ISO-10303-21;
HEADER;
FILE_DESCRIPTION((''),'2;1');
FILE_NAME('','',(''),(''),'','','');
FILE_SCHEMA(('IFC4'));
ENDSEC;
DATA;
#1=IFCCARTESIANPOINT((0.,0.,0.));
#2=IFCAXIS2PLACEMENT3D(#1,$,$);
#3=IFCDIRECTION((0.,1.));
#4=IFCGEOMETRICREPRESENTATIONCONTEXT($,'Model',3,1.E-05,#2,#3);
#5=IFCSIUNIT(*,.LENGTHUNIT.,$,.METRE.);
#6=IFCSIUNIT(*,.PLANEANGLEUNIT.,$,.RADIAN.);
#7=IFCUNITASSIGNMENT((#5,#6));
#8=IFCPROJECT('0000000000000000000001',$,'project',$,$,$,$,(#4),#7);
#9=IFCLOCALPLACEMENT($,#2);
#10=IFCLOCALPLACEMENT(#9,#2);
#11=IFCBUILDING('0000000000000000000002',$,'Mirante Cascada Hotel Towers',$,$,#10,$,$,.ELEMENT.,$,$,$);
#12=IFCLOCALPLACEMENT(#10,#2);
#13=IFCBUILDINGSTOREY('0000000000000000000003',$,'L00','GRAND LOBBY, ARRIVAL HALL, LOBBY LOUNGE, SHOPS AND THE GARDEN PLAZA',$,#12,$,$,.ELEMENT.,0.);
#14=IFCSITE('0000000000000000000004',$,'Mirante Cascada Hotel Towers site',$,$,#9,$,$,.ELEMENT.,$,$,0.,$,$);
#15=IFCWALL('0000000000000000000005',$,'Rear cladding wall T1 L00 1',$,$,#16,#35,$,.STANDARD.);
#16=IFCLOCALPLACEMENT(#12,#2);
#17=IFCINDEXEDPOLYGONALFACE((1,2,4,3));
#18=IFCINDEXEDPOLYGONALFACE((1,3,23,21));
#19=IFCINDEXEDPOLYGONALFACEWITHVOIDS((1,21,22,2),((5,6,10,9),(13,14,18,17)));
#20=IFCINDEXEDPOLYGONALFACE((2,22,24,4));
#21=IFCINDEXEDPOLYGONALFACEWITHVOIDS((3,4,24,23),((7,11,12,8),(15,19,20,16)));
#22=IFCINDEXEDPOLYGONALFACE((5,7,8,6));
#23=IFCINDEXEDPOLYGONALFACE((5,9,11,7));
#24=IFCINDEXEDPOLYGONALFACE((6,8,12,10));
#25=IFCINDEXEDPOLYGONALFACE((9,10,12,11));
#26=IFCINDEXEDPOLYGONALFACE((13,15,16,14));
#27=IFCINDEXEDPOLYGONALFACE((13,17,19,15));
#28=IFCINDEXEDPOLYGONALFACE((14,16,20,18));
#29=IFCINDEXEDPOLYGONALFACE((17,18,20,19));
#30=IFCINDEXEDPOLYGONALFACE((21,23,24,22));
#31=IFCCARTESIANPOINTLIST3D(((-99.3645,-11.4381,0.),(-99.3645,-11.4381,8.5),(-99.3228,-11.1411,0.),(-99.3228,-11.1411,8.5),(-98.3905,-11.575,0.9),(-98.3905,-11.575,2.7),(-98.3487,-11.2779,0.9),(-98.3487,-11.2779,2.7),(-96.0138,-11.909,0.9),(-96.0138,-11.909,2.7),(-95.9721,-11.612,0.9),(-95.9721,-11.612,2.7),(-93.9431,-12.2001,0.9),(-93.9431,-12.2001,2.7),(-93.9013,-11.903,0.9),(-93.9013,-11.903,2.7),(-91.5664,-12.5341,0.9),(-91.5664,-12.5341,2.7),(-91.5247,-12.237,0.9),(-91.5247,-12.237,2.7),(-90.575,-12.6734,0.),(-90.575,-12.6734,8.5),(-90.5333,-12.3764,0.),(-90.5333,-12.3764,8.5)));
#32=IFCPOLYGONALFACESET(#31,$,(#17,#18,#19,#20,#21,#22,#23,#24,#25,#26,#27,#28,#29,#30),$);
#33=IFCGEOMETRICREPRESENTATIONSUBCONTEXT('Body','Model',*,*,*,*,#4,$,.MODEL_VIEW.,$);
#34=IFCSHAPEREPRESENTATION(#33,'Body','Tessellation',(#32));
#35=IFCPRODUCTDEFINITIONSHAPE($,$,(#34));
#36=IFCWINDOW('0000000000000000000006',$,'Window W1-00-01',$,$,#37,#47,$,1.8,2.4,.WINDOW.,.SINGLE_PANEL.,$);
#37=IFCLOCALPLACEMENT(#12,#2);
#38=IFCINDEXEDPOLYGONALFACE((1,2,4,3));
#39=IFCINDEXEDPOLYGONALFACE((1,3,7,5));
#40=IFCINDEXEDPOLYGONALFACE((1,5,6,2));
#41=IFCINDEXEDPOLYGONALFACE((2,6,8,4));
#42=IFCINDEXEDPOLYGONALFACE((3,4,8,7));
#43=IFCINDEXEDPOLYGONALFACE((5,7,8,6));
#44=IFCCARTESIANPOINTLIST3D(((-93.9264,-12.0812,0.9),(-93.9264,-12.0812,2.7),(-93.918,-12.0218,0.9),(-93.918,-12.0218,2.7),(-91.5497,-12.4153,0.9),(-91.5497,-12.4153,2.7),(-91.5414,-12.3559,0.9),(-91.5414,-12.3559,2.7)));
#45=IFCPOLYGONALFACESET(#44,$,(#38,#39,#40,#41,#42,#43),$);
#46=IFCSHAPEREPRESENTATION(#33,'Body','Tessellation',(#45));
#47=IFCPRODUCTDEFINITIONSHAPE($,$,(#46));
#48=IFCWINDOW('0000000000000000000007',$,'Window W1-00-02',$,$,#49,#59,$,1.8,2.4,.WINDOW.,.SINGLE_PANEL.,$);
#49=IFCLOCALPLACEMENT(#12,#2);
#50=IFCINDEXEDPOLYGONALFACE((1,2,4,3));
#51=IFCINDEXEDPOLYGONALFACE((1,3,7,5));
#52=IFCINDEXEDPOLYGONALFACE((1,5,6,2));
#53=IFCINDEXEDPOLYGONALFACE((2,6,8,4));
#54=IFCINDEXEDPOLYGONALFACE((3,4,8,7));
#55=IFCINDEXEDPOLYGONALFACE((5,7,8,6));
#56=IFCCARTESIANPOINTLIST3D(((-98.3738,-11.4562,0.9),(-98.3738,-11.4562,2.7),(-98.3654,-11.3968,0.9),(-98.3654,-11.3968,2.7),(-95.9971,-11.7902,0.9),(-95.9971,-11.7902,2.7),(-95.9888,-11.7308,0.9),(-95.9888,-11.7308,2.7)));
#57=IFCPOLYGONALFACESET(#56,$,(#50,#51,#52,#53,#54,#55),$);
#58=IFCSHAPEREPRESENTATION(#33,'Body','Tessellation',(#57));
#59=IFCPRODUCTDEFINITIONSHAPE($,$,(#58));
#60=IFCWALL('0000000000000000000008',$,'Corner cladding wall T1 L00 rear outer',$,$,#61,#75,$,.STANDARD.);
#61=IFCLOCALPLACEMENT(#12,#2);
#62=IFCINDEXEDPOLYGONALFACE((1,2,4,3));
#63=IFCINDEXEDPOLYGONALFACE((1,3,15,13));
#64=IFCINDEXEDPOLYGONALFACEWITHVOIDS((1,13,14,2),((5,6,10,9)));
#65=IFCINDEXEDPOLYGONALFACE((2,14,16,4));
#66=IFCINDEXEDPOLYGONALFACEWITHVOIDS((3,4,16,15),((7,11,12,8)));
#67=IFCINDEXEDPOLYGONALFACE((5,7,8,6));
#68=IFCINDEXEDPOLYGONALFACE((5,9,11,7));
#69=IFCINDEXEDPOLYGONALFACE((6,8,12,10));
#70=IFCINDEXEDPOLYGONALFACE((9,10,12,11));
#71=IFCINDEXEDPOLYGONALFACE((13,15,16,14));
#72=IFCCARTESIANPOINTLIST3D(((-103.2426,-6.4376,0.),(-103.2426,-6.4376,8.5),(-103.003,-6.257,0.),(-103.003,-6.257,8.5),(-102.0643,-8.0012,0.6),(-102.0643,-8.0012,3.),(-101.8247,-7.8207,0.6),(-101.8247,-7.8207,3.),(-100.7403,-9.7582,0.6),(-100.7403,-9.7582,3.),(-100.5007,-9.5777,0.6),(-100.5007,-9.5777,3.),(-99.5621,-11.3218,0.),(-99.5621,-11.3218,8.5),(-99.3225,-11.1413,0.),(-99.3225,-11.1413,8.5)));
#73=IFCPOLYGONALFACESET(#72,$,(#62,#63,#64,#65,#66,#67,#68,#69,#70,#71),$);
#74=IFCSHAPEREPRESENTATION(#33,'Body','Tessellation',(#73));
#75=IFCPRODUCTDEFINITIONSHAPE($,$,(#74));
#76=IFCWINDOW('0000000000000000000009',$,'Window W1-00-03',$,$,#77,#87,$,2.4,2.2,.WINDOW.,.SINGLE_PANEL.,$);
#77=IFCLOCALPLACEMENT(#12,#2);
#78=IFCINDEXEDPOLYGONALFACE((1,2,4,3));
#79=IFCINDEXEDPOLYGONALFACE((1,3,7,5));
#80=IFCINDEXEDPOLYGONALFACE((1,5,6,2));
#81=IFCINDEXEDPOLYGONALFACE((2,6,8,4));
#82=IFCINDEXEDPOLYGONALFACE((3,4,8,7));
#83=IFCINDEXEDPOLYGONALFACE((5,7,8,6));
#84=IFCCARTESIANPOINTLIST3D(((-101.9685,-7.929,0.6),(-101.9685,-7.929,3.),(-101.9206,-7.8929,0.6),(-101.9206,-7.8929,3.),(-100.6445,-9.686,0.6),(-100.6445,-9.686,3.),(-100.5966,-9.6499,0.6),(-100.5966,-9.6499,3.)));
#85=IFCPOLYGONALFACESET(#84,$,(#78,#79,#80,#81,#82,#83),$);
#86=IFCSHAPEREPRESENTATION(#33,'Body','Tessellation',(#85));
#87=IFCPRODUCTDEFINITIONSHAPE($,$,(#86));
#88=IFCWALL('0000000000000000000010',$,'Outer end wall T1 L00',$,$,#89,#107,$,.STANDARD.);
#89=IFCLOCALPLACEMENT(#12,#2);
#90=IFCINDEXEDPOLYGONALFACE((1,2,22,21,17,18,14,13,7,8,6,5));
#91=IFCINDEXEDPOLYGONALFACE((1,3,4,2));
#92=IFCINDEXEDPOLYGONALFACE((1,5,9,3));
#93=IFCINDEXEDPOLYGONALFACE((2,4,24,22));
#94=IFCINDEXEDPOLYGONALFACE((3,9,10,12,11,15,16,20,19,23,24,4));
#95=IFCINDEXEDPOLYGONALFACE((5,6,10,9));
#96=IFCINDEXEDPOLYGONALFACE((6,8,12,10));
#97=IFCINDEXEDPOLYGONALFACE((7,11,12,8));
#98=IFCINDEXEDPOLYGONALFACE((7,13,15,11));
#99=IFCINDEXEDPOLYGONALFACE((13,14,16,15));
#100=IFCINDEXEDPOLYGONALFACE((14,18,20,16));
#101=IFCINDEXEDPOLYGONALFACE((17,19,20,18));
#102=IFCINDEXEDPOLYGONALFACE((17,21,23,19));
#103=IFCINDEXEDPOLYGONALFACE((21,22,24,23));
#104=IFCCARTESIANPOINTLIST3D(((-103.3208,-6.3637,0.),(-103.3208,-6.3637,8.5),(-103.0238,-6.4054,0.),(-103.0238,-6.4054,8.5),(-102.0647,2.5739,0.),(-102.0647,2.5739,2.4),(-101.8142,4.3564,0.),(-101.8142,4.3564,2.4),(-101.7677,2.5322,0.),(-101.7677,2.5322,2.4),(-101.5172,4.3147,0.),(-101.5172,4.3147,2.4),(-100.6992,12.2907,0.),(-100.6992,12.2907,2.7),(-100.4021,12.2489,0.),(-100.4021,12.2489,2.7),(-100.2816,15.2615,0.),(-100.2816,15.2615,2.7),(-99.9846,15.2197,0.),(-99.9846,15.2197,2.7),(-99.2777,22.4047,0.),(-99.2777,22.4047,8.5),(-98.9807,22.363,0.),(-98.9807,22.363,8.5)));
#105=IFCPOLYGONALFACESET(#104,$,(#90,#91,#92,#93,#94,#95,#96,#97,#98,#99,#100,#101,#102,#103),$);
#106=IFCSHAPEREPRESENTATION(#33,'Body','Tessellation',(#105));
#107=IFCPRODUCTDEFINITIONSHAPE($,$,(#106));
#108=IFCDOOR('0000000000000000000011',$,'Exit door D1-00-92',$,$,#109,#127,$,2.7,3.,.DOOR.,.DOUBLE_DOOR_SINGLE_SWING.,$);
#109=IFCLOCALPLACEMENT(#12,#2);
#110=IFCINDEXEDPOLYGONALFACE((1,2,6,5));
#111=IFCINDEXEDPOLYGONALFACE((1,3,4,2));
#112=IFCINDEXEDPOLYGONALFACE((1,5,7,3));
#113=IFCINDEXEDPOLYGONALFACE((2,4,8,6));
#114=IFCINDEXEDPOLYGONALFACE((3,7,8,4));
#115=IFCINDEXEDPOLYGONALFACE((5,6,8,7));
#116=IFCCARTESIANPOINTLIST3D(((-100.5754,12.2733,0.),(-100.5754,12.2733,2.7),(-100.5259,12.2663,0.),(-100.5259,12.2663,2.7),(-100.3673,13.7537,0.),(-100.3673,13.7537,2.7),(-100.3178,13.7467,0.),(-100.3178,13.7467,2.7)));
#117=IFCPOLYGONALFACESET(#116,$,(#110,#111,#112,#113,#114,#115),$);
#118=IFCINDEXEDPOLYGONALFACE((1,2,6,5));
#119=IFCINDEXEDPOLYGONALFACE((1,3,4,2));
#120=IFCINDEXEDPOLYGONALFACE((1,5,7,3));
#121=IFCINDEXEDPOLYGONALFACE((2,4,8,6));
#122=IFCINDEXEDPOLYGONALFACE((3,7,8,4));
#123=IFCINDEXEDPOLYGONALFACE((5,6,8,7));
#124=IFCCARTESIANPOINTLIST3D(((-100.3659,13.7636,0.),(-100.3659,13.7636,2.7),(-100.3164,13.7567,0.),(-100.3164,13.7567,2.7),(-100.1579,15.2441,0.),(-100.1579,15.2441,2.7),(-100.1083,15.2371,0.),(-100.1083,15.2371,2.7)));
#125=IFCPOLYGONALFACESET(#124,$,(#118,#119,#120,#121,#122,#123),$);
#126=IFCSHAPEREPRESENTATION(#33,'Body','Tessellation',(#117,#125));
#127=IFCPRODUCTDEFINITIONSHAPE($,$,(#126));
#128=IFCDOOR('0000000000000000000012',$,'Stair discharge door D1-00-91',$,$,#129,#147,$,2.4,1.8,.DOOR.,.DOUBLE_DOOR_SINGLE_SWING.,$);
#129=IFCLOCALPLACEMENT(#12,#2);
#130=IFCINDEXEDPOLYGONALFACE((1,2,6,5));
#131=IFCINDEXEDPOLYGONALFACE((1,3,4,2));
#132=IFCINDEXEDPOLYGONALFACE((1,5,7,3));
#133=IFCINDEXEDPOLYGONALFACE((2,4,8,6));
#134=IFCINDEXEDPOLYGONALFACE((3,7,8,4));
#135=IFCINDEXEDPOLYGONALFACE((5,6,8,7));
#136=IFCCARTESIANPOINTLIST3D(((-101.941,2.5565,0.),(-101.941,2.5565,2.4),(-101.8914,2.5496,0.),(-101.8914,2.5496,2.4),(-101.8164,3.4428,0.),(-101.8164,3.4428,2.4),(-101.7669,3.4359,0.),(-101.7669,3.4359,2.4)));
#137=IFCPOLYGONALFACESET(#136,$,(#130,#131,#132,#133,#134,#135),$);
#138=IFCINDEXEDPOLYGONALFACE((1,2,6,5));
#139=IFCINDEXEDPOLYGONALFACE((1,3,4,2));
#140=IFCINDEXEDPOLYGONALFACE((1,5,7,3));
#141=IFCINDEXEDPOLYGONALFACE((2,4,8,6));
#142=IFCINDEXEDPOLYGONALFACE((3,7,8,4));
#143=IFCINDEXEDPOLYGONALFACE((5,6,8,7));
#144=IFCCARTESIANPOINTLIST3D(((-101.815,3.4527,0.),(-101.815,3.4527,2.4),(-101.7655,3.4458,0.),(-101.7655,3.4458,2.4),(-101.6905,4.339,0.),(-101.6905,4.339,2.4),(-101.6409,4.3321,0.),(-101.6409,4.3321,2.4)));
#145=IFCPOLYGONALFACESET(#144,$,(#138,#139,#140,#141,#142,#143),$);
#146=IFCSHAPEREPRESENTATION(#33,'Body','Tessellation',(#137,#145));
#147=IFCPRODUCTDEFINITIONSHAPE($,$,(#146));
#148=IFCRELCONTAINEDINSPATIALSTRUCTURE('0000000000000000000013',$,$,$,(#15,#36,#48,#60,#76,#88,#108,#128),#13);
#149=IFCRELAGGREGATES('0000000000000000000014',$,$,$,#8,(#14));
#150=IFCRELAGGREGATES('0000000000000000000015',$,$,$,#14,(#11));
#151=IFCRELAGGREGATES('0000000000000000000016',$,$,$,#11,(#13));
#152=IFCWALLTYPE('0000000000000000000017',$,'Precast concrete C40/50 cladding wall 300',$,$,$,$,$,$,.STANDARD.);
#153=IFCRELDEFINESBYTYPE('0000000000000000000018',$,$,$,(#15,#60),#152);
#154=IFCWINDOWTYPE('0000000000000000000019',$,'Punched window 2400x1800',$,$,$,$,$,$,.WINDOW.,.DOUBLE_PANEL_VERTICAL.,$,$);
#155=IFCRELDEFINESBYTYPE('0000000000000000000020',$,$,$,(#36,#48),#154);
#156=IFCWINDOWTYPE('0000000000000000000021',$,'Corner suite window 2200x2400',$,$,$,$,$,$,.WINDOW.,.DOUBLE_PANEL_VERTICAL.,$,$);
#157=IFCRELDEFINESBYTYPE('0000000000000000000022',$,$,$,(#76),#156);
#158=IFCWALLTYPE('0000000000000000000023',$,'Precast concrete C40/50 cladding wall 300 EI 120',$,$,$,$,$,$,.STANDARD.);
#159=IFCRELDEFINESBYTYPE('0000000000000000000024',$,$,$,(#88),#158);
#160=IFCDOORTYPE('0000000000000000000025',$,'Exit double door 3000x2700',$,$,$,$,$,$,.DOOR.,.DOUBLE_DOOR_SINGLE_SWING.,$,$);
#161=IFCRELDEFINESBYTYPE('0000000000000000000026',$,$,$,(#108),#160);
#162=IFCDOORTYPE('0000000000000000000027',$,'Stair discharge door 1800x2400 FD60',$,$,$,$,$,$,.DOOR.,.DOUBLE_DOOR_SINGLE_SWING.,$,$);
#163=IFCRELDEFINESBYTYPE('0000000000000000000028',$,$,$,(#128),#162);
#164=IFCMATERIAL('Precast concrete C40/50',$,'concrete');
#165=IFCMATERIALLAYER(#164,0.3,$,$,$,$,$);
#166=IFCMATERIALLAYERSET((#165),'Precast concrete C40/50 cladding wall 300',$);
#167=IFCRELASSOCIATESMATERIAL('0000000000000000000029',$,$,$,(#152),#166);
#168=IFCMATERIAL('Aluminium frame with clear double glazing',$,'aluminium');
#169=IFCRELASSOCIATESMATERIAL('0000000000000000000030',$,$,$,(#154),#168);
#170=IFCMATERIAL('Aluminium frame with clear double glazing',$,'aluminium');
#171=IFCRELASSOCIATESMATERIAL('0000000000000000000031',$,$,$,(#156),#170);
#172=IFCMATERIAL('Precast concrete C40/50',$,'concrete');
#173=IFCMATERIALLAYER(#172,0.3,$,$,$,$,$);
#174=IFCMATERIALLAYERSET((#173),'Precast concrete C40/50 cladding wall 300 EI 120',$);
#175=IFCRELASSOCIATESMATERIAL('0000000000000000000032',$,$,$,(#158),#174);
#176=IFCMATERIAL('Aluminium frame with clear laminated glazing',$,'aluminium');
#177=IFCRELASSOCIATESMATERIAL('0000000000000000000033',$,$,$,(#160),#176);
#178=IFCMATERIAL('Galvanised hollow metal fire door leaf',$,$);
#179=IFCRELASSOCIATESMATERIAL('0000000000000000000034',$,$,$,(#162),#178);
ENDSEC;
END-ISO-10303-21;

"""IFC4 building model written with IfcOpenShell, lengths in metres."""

from ifc_helpers import new_model, si_unit, direction, frame, frame_2d, origin, place, context, subcontext, project, spatial, rectangle, extrude, material, layer, layer_set, type_object, element, fill, save


model = new_model("IFC4")

# Units and contexts
model_context = context("Model", 3, precision=1e-05, world=origin(), true_north=direction((0.0, 1.0)))
body_context = subcontext(model_context, "Body", "Model", "MODEL_VIEW")
ifc_project = project(units=[si_unit("LENGTHUNIT", "METRE"), si_unit("PLANEANGLEUNIT", "RADIAN")], contexts=[model_context])

# Site, building, storey
site_placement = place(None, origin())
site = spatial("IfcSite", under=ifc_project, at=site_placement, Name="Mirante Cascada Hotel Towers site", CompositionType="ELEMENT", RefElevation=0.0)
building_placement = place(site_placement, origin())
building = spatial("IfcBuilding", under=site, at=building_placement, Name="Mirante Cascada Hotel Towers", CompositionType="ELEMENT")
storey_placement = place(building_placement, origin())
storey = spatial("IfcBuildingStorey", under=building, at=storey_placement, Name="L00", Description="GRAND LOBBY, ARRIVAL HALL, LOBBY LOUNGE, SHOPS AND THE GARDEN PLAZA", CompositionType="ELEMENT", Elevation=0.0)

# Wall, openings, windows
ifc_material_1 = material(Name="Precast concrete C40/50", Category="concrete")
ifc_layer_1 = layer(ifc_material_1, 0.3)
ifc_layer_set_1 = layer_set([ifc_layer_1], Name="Precast concrete C40/50 cladding wall 300")
wall_type_1 = type_object("IfcWallType", Name="Precast concrete C40/50 cladding wall 300", PredefinedType="STANDARD", material=ifc_layer_set_1)
wall_1_placement = place(storey_placement, frame((-90.5541, -12.5249, 0.0), z_axis=(0.0, 0.0, 1.0), x_axis=(-0.990268, 0.139175, 0.0)))
wall_1 = element("IfcWall", 1, at=wall_1_placement, inside=storey, type_object=wall_type_1, Name="Rear cladding wall T1 L00 1", PredefinedType="STANDARD", context=body_context, shape_type="SweptSolid", body=[
    extrude(rectangle(XDim=8.8759, YDim=0.3, at=frame_2d((4.438, 0.0))), origin(), (0.0, 0.0, 1.0), 8.5),
])
opening_1_placement = place(wall_1_placement, frame((1.0012, 0.0, 0.9)))
opening_1 = element("IfcOpeningElement", 2, at=opening_1_placement, cuts=wall_1, PredefinedType="OPENING", context=body_context, shape_type="SweptSolid", body=[
    extrude(rectangle(XDim=2.4, YDim=1.8, at=frame_2d((1.2, 0.9))), frame((0.0, 0.15, 0.0), z_axis=(0.0, -1.0, 0.0), x_axis=(1.0, 0.0, 0.0)), (0.0, 0.0, 1.0), 0.3),
])
opening_2_placement = place(wall_1_placement, frame((5.4923, 0.0, 0.9)))
opening_2 = element("IfcOpeningElement", 3, at=opening_2_placement, cuts=wall_1, PredefinedType="OPENING", context=body_context, shape_type="SweptSolid", body=[
    extrude(rectangle(XDim=2.4, YDim=1.8, at=frame_2d((1.2, 0.9))), frame((0.0, 0.15, 0.0), z_axis=(0.0, -1.0, 0.0), x_axis=(1.0, 0.0, 0.0)), (0.0, 0.0, 1.0), 0.3),
])
ifc_material_2 = material(Name="Aluminium frame with clear double glazing", Category="aluminium")
window_type_1 = type_object("IfcWindowType", Name="Punched window 2400x1800", PartitioningType="DOUBLE_PANEL_VERTICAL", PredefinedType="WINDOW", material=ifc_material_2)
window_1_placement = place(opening_1_placement, origin())
window_1 = element("IfcWindow", 4, at=window_1_placement, inside=storey, type_object=window_type_1, Name="Window W1-00-01", OverallHeight=1.8, OverallWidth=2.4, PartitioningType="SINGLE_PANEL", PredefinedType="WINDOW", context=body_context, shape_type="SweptSolid", body=[
    extrude(rectangle(XDim=2.4, YDim=1.8, at=frame_2d((1.2, 0.9))), frame((0.0, 0.03, 0.0), z_axis=(0.0, -1.0, 0.0), x_axis=(1.0, 0.0, 0.0)), (0.0, 0.0, 1.0), 0.06),
])
fill(opening_1, window_1)
window_2_placement = place(opening_2_placement, origin())
window_2 = element("IfcWindow", 5, at=window_2_placement, inside=storey, type_object=window_type_1, Name="Window W1-00-02", OverallHeight=1.8, OverallWidth=2.4, PartitioningType="SINGLE_PANEL", PredefinedType="WINDOW", context=body_context, shape_type="SweptSolid", body=[
    extrude(rectangle(XDim=2.4, YDim=1.8, at=frame_2d((1.2, 0.9))), frame((0.0, 0.03, 0.0), z_axis=(0.0, -1.0, 0.0), x_axis=(1.0, 0.0, 0.0)), (0.0, 0.0, 1.0), 0.06),
])
fill(opening_2, window_2)

# Wall, opening, window
wall_2_placement = place(storey_placement, frame((-99.4423, -11.2315, 0.0), z_axis=(0.0, 0.0, 1.0), x_axis=(-0.601814, 0.798636, 0.0)))
wall_2 = element("IfcWall", 6, at=wall_2_placement, inside=storey, type_object=wall_type_1, Name="Corner cladding wall T1 L00 rear outer", PredefinedType="STANDARD", context=body_context, shape_type="SweptSolid", body=[
    extrude(rectangle(XDim=6.1157, YDim=0.3, at=frame_2d((3.0578, 0.0))), origin(), (0.0, 0.0, 1.0), 8.5),
])
opening_3_placement = place(wall_2_placement, frame((1.9578, 0.0, 0.6)))
opening_3 = element("IfcOpeningElement", 7, at=opening_3_placement, cuts=wall_2, PredefinedType="OPENING", context=body_context, shape_type="SweptSolid", body=[
    extrude(rectangle(XDim=2.2, YDim=2.4, at=frame_2d((1.1, 1.2))), frame((0.0, 0.15, 0.0), z_axis=(0.0, -1.0, 0.0), x_axis=(1.0, 0.0, 0.0)), (0.0, 0.0, 1.0), 0.3),
])
ifc_material_3 = material(Name="Aluminium frame with clear double glazing", Category="aluminium")
window_type_2 = type_object("IfcWindowType", Name="Corner suite window 2200x2400", PartitioningType="DOUBLE_PANEL_VERTICAL", PredefinedType="WINDOW", material=ifc_material_3)
window_3_placement = place(opening_3_placement, origin())
window_3 = element("IfcWindow", 8, at=window_3_placement, inside=storey, type_object=window_type_2, Name="Window W1-00-03", OverallHeight=2.4, OverallWidth=2.2, PartitioningType="SINGLE_PANEL", PredefinedType="WINDOW", context=body_context, shape_type="SweptSolid", body=[
    extrude(rectangle(XDim=2.2, YDim=2.4, at=frame_2d((1.1, 1.2))), frame((0.0, 0.03, 0.0), z_axis=(0.0, -1.0, 0.0), x_axis=(1.0, 0.0, 0.0)), (0.0, 0.0, 1.0), 0.06),
])
fill(opening_3, window_3)

# Wall, openings, doors
ifc_material_4 = material(Name="Precast concrete C40/50", Category="concrete")
ifc_layer_2 = layer(ifc_material_4, 0.3)
ifc_layer_set_2 = layer_set([ifc_layer_2], Name="Precast concrete C40/50 cladding wall 300 EI 120")
wall_type_2 = type_object("IfcWallType", Name="Precast concrete C40/50 cladding wall 300 EI 120", PredefinedType="STANDARD", material=ifc_layer_set_2)
wall_3_placement = place(storey_placement, frame((-103.1723, -6.3846, 0.0), z_axis=(0.0, 0.0, 1.0), x_axis=(0.139172, 0.990268, 0.0)))
wall_3 = element("IfcWall", 9, at=wall_3_placement, inside=storey, type_object=wall_type_2, Name="Outer end wall T1 L00", PredefinedType="STANDARD", context=body_context, shape_type="SweptSolid", body=[
    extrude(rectangle(XDim=29.0511, YDim=0.3, at=frame_2d((14.5256, 0.0))), origin(), (0.0, 0.0, 1.0), 8.5),
])
opening_4_placement = place(wall_3_placement, frame((9.0255, 0.0, 0.0)))
opening_4 = element("IfcOpeningElement", 10, at=opening_4_placement, cuts=wall_3, PredefinedType="OPENING", context=body_context, shape_type="SweptSolid", body=[
    extrude(rectangle(XDim=1.8, YDim=2.4, at=frame_2d((0.9, 1.2))), frame((0.0, 0.15, 0.0), z_axis=(0.0, -1.0, 0.0), x_axis=(1.0, 0.0, 0.0)), (0.0, 0.0, 1.0), 0.3),
])
opening_5_placement = place(wall_3_placement, frame((18.8377, 0.0, 0.0)))
opening_5 = element("IfcOpeningElement", 11, at=opening_5_placement, cuts=wall_3, PredefinedType="OPENING", context=body_context, shape_type="SweptSolid", body=[
    extrude(rectangle(XDim=3.0, YDim=2.7, at=frame_2d((1.5, 1.35))), frame((0.0, 0.15, 0.0), z_axis=(0.0, -1.0, 0.0), x_axis=(1.0, 0.0, 0.0)), (0.0, 0.0, 1.0), 0.3),
])
ifc_material_5 = material(Name="Aluminium frame with clear laminated glazing", Category="aluminium")
door_type_1 = type_object("IfcDoorType", Name="Exit double door 3000x2700", OperationType="DOUBLE_DOOR_SINGLE_SWING", PredefinedType="DOOR", material=ifc_material_5)
door_1_placement = place(opening_5_placement, origin())
door_1 = element("IfcDoor", 12, at=door_1_placement, inside=storey, type_object=door_type_1, Name="Exit door D1-00-92", OperationType="DOUBLE_DOOR_SINGLE_SWING", OverallHeight=2.7, OverallWidth=3.0, PredefinedType="DOOR", context=body_context, shape_type="SweptSolid", body=[
    extrude(rectangle(XDim=1.495, YDim=2.7, at=frame_2d((0.7475, 1.35))), frame((0.0, 0.025, 0.0), z_axis=(0.0, -1.0, 0.0), x_axis=(1.0, 0.0, 0.0)), (0.0, 0.0, 1.0), 0.05),
    extrude(rectangle(XDim=1.495, YDim=2.7, at=frame_2d((2.2525, 1.35))), frame((0.0, 0.025, 0.0), z_axis=(0.0, -1.0, 0.0), x_axis=(1.0, 0.0, 0.0)), (0.0, 0.0, 1.0), 0.05),
])
fill(opening_5, door_1)
ifc_material_6 = material(Name="Galvanised hollow metal fire door leaf")
door_type_2 = type_object("IfcDoorType", Name="Stair discharge door 1800x2400 FD60", OperationType="DOUBLE_DOOR_SINGLE_SWING", PredefinedType="DOOR", material=ifc_material_6)
door_2_placement = place(opening_4_placement, origin())
door_2 = element("IfcDoor", 13, at=door_2_placement, inside=storey, type_object=door_type_2, Name="Stair discharge door D1-00-91", OperationType="DOUBLE_DOOR_SINGLE_SWING", OverallHeight=2.4, OverallWidth=1.8, PredefinedType="DOOR", context=body_context, shape_type="SweptSolid", body=[
    extrude(rectangle(XDim=0.895, YDim=2.4, at=frame_2d((0.4475, 1.2))), frame((0.0, 0.025, 0.0), z_axis=(0.0, -1.0, 0.0), x_axis=(1.0, 0.0, 0.0)), (0.0, 0.0, 1.0), 0.05),
    extrude(rectangle(XDim=0.895, YDim=2.4, at=frame_2d((1.3525, 1.2))), frame((0.0, 0.025, 0.0), z_axis=(0.0, -1.0, 0.0), x_axis=(1.0, 0.0, 0.0)), (0.0, 0.0, 1.0), 0.05),
])
fill(opening_4, door_2)

save(model, "model.ifc")
